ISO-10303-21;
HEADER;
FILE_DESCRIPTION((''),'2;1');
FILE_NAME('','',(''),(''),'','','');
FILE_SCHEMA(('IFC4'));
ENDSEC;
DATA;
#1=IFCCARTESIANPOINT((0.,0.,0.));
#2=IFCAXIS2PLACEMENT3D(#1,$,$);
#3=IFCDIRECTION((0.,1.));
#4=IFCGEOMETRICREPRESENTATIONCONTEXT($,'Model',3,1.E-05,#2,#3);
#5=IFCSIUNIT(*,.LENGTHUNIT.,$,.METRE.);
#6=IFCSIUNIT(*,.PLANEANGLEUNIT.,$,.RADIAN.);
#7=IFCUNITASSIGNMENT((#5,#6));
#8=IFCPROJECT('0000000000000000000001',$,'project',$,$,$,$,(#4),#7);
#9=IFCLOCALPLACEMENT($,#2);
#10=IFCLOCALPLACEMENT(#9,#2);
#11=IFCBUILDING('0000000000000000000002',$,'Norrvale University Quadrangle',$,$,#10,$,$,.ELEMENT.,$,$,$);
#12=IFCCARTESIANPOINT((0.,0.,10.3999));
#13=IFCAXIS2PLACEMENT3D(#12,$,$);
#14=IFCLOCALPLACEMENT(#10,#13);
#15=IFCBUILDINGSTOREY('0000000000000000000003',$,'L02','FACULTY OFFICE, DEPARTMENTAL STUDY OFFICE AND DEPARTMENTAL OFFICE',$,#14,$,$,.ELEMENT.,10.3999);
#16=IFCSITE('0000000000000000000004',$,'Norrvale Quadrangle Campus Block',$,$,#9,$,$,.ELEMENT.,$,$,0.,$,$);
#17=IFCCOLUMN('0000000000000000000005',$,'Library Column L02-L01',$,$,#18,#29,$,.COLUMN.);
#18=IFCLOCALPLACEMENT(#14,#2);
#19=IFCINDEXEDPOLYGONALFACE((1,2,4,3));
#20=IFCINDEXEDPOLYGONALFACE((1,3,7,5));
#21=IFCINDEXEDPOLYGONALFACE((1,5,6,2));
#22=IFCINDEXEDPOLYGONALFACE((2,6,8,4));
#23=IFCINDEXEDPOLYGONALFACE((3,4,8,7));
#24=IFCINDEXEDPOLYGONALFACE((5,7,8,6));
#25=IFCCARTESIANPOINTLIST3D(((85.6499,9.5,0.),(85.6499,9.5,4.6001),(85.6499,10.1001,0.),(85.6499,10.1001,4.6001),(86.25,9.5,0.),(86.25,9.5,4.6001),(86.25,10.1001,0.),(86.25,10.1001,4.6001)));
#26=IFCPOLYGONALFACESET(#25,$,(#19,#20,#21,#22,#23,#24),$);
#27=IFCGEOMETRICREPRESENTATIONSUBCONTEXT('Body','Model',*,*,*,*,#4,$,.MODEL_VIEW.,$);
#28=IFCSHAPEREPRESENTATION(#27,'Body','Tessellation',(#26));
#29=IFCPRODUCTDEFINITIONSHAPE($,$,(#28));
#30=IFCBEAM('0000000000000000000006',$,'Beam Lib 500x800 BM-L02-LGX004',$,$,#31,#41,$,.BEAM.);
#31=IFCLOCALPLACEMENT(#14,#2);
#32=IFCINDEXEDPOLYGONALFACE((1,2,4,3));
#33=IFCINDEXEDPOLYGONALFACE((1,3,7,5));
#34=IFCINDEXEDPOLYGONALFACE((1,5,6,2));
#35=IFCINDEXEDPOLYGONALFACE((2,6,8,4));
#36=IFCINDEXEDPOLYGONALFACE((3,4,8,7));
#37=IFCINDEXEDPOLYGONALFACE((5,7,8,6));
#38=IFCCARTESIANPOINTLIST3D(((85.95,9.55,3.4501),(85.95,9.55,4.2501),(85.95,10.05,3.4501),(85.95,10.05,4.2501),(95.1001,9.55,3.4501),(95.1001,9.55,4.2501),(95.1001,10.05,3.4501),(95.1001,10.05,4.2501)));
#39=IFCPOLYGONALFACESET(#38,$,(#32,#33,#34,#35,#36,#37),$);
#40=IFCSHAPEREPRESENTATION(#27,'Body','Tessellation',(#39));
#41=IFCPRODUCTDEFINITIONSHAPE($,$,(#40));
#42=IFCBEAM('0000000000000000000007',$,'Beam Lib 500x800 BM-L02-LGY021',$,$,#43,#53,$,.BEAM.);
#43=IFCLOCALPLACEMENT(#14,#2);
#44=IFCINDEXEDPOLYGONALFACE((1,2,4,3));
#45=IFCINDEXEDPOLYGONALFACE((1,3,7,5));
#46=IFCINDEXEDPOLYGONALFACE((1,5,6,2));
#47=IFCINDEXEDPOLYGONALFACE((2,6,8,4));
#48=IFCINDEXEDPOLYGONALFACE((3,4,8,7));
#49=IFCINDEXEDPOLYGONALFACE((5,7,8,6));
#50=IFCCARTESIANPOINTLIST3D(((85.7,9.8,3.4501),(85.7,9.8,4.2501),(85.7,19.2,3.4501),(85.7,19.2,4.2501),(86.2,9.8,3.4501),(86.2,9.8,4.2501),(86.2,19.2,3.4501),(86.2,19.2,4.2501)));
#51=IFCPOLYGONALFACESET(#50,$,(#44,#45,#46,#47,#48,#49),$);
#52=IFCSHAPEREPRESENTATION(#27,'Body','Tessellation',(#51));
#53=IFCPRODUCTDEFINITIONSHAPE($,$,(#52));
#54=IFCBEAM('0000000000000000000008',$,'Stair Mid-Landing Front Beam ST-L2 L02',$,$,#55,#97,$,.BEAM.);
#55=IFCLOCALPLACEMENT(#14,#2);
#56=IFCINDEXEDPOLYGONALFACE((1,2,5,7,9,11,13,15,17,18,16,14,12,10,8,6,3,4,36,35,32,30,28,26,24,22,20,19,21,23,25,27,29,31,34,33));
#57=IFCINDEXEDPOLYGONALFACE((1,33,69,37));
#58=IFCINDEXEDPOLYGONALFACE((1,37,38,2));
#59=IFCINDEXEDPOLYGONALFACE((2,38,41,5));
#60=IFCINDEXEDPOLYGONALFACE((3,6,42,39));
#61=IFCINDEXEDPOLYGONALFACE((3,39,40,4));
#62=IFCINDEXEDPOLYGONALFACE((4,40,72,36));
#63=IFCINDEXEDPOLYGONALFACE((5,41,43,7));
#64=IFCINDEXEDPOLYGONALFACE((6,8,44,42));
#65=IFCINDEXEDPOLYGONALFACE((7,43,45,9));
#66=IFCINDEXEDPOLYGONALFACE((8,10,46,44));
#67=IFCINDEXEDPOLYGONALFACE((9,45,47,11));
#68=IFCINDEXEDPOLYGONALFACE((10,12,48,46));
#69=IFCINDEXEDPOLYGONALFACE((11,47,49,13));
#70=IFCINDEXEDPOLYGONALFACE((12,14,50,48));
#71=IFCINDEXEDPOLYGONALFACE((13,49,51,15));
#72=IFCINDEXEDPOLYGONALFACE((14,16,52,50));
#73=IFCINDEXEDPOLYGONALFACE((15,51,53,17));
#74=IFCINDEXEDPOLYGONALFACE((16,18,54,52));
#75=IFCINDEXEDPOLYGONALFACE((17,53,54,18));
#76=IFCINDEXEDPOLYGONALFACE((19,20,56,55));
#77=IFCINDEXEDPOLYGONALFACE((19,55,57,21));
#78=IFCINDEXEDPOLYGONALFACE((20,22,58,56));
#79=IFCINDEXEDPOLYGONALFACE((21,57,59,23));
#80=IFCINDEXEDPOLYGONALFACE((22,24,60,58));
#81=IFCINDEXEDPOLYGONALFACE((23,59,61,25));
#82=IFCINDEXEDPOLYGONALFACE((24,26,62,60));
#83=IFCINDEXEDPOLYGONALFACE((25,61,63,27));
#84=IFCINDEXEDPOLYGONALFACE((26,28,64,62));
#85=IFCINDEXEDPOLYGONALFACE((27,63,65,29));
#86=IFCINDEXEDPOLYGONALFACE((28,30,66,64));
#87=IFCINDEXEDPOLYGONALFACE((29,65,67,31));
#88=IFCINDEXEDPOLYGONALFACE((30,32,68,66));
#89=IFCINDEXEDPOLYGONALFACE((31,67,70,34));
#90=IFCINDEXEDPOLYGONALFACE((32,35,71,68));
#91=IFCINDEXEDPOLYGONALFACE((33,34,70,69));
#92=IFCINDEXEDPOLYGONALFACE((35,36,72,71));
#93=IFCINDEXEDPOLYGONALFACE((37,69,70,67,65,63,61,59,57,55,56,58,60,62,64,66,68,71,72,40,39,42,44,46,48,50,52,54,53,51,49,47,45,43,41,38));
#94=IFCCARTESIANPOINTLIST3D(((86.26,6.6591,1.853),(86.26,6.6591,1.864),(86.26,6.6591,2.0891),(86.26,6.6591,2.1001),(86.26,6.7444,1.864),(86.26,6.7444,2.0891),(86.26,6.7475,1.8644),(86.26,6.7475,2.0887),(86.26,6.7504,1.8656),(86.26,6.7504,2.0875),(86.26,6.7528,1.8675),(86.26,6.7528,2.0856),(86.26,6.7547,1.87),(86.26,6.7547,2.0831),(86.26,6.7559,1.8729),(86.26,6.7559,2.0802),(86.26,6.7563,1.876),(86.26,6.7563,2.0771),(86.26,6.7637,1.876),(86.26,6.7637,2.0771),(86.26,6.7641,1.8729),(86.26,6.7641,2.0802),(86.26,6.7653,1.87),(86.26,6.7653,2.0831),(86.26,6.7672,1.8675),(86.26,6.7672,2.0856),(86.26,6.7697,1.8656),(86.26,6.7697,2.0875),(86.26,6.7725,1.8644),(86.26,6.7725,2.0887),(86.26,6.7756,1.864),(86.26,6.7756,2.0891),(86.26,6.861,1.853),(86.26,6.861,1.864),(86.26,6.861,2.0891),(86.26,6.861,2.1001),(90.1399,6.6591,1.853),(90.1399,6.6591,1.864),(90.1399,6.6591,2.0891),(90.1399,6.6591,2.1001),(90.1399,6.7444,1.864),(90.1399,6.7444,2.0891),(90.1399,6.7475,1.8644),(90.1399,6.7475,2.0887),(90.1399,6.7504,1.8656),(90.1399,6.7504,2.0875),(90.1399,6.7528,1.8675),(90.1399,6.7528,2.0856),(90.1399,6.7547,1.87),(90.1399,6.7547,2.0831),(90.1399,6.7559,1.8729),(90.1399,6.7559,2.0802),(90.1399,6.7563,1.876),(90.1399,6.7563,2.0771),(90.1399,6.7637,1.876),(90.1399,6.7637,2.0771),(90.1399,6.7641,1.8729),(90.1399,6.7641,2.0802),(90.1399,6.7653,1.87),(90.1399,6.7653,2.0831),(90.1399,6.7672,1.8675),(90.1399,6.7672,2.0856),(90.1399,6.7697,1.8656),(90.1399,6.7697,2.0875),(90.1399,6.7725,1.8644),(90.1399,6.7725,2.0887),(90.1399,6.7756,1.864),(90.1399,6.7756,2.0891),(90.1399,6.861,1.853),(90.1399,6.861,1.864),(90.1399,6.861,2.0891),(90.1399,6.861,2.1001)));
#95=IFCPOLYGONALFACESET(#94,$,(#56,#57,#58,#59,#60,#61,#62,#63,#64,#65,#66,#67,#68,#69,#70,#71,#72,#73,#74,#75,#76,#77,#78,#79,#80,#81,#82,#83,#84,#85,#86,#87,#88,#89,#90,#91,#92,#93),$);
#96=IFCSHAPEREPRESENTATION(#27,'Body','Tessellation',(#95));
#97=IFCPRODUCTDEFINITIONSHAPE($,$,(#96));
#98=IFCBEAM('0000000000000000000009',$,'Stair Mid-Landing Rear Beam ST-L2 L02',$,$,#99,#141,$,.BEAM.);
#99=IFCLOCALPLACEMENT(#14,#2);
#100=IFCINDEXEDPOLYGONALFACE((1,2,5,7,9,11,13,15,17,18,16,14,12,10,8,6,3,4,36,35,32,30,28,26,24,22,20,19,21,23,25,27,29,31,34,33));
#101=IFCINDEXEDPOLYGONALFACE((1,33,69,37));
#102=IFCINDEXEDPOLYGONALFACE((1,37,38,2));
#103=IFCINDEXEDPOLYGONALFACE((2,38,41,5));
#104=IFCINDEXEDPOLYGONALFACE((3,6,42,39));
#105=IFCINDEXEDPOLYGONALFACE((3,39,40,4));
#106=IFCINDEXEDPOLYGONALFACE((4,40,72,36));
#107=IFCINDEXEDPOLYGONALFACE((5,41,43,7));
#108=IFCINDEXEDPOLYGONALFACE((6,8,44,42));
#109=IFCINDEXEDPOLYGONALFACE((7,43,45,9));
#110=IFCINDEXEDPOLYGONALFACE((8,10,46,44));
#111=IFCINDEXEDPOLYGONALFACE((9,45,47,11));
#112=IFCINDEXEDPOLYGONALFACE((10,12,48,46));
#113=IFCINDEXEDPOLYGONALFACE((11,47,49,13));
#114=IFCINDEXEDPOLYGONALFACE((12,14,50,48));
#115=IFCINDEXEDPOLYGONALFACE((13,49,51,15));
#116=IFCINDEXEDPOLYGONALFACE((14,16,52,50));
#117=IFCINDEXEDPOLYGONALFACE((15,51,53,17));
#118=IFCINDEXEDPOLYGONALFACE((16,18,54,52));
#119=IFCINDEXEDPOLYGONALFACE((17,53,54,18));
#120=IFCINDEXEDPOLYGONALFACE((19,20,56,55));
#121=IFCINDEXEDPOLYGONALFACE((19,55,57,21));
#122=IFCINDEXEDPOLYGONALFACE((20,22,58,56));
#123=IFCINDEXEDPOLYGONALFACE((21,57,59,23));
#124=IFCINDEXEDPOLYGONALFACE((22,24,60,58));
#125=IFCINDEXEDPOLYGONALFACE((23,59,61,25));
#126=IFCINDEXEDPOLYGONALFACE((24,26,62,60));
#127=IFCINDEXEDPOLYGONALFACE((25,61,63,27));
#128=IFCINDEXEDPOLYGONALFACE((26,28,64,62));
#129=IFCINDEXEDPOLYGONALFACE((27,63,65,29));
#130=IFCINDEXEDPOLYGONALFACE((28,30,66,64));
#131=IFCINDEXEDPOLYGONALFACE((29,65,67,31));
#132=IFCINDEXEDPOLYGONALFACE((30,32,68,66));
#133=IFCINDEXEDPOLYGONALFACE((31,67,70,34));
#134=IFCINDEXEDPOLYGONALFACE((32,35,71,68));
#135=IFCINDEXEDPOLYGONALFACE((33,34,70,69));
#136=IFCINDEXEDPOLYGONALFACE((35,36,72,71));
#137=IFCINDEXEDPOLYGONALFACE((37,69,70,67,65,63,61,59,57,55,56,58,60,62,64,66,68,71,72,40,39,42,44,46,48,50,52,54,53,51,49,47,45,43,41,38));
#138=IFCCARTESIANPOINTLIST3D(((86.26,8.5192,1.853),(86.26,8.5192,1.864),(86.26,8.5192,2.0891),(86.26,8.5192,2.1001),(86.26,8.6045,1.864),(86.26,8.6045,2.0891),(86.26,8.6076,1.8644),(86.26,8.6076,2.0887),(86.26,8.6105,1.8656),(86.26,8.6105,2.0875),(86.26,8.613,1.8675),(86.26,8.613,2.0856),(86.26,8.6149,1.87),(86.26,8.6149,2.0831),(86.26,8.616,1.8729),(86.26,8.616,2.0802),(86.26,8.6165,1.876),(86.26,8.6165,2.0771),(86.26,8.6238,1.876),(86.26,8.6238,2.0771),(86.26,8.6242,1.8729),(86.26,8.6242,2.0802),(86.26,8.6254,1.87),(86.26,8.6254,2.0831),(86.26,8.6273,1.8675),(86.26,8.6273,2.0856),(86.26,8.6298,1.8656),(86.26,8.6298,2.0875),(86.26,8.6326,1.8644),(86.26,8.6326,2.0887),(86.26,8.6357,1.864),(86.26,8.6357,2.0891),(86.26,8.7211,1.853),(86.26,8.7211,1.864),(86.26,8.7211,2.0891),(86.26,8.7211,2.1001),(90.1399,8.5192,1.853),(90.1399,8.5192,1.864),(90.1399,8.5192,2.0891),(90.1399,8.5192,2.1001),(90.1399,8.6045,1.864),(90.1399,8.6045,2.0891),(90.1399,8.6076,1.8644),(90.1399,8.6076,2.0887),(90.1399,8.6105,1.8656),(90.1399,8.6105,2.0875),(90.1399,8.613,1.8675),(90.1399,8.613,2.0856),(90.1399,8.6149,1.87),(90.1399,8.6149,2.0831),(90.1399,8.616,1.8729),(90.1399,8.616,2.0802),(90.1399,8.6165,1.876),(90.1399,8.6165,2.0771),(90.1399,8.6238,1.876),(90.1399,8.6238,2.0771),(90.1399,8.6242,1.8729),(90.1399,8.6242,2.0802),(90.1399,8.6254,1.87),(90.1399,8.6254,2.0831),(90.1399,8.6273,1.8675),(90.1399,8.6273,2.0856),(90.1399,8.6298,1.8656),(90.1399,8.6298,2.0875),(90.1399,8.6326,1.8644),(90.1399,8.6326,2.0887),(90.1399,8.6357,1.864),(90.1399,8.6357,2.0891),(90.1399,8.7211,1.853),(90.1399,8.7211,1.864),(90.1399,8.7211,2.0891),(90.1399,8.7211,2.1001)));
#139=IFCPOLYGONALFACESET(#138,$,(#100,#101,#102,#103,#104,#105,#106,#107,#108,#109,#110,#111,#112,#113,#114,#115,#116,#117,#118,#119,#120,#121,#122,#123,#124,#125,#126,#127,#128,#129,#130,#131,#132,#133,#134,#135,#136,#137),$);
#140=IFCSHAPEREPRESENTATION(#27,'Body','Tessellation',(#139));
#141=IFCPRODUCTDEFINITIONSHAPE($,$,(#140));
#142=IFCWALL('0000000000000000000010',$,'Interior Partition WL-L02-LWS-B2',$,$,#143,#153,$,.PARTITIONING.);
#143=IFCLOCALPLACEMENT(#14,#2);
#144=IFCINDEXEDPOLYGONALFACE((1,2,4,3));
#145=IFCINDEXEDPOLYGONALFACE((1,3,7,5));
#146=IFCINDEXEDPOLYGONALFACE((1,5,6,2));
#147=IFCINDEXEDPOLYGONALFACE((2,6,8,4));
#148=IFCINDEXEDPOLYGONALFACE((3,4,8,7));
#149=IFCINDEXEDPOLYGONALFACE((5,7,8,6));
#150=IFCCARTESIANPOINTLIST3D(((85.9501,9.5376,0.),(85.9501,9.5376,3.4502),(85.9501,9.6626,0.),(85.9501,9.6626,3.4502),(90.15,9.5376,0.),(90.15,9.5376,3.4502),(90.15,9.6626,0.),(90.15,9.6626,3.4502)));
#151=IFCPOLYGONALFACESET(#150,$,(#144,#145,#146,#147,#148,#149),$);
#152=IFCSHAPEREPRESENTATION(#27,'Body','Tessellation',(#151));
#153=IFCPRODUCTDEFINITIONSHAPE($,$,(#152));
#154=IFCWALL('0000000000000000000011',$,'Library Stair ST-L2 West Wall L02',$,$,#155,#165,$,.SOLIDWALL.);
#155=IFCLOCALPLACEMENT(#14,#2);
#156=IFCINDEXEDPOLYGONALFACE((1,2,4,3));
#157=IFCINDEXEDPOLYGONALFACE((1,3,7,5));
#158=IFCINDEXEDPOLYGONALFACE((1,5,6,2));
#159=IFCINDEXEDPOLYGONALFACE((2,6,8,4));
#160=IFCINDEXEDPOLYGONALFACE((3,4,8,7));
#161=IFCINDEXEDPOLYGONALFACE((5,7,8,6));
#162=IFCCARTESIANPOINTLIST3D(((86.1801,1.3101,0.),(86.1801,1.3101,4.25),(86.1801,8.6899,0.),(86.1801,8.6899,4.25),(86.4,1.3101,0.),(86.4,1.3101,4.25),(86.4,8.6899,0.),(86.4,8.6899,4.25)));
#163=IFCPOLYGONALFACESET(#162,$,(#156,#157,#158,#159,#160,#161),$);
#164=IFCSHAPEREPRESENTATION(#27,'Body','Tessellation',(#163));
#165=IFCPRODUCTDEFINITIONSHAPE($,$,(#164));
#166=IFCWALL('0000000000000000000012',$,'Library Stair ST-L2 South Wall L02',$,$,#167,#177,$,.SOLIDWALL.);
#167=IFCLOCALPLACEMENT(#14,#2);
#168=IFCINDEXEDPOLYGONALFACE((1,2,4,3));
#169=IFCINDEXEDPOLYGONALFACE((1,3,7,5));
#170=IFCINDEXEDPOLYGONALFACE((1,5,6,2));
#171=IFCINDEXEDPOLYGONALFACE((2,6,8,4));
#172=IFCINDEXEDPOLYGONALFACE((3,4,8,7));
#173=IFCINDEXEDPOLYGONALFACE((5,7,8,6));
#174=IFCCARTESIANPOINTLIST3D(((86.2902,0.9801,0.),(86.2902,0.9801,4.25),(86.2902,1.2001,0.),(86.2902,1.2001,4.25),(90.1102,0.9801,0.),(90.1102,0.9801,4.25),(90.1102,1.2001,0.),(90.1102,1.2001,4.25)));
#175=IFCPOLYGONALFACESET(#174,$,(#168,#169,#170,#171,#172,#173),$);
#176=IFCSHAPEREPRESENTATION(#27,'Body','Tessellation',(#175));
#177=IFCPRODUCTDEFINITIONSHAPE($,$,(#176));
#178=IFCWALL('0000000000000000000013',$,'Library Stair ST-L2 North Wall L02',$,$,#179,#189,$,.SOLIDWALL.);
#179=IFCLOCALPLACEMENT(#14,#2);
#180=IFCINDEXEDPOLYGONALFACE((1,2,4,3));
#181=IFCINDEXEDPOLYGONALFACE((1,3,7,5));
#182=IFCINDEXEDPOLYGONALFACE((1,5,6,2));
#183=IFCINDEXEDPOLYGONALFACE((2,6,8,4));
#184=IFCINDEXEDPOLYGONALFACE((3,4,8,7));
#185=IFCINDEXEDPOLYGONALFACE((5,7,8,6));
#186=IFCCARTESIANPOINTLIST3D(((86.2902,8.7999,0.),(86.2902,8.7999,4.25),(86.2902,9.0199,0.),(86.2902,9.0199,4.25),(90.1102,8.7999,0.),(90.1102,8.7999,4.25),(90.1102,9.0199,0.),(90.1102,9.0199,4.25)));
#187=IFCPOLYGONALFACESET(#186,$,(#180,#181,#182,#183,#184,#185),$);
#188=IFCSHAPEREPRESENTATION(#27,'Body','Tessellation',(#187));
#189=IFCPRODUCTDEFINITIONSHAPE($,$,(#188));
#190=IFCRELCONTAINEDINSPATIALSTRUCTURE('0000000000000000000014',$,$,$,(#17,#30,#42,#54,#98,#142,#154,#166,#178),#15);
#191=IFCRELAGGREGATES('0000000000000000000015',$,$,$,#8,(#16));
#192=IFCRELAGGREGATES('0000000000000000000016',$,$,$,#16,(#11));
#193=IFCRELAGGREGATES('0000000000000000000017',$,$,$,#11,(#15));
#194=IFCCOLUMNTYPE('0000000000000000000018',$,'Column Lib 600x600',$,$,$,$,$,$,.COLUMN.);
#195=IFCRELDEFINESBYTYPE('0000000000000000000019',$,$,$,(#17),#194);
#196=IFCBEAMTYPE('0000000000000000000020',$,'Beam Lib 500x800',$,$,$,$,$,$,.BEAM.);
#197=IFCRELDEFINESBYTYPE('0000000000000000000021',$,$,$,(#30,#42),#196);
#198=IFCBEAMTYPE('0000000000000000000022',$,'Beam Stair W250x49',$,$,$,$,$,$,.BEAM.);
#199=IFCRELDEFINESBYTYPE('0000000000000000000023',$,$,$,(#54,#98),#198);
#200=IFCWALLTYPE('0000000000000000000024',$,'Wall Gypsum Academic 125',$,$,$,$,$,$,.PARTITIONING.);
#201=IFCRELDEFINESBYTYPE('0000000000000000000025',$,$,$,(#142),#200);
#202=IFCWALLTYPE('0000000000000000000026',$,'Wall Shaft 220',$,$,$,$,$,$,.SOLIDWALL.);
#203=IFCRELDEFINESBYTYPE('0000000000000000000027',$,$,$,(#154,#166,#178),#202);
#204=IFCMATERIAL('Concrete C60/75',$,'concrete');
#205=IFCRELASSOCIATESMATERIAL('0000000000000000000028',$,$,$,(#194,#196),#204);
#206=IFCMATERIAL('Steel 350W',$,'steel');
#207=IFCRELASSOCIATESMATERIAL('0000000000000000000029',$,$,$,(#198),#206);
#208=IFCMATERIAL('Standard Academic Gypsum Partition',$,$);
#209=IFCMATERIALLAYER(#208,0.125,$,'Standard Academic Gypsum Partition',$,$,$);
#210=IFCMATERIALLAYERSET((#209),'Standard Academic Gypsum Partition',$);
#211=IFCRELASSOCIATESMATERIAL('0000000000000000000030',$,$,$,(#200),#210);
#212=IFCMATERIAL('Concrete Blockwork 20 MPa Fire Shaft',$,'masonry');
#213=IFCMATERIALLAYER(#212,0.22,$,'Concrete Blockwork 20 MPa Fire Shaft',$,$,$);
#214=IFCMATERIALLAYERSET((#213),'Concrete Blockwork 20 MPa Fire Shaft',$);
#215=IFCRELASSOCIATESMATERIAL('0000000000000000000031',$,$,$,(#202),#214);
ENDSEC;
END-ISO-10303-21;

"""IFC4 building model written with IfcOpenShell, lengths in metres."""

from ifc_helpers import new_model, si_unit, direction, frame, frame_2d, origin, origin_2d, place, context, subcontext, project, spatial, rectangle, i_section, extrude, material, layer, layer_set, material_profile, profile_set, type_object, element, save


model = new_model("IFC4")

# Units and contexts
model_context = context("Model", 3, precision=1e-05, world=origin(), true_north=direction((0.0, 1.0)))
body_context = subcontext(model_context, "Body", "Model", "MODEL_VIEW")
ifc_project = project(units=[si_unit("LENGTHUNIT", "METRE"), si_unit("PLANEANGLEUNIT", "RADIAN")], contexts=[model_context])

# Site, building, storey
site_placement = place(None, origin())
site = spatial("IfcSite", under=ifc_project, at=site_placement, Name="Norrvale Quadrangle Campus Block", CompositionType="ELEMENT", RefElevation=0.0)
building_placement = place(site_placement, origin())
building = spatial("IfcBuilding", under=site, at=building_placement, Name="Norrvale University Quadrangle", CompositionType="ELEMENT")
storey_placement = place(building_placement, frame((0.0, 0.0, 10.3999)))
storey = spatial("IfcBuildingStorey", under=building, at=storey_placement, Name="L02", Description="FACULTY OFFICE, DEPARTMENTAL STUDY OFFICE AND DEPARTMENTAL OFFICE", CompositionType="ELEMENT", Elevation=10.3999)

# Column
ifc_material_1 = material(Name="Concrete C60/75", Category="concrete")
ifc_material_profile_1 = material_profile(ifc_material_1, rectangle(XDim=0.6001, YDim=0.6001, at=origin_2d()), Name="Concrete C60/75")
ifc_profile_set_1 = profile_set([ifc_material_profile_1], Name="Concrete C60/75")
column_type = type_object("IfcColumnType", Name="Column Lib 600x600", PredefinedType="COLUMN", material=ifc_profile_set_1)
column_placement = place(storey_placement, frame((85.95, 9.8, 0.0), z_axis=(0.0, 0.0, 1.0), x_axis=(1.0, 0.0, 0.0)))
element("IfcColumn", 1, at=column_placement, inside=storey, type_object=column_type, Name="Library Column L02-L01", PredefinedType="COLUMN", context=body_context, shape_type="SweptSolid", body=[
    extrude(rectangle(XDim=0.6001, YDim=0.6001, at=origin_2d()), origin(), (0.0, 0.0, 1.0), 4.6001),
])

# Beams
ifc_material_profile_2 = material_profile(ifc_material_1, rectangle(XDim=0.5, YDim=0.8, at=origin_2d()), Name="Concrete C60/75")
ifc_profile_set_2 = profile_set([ifc_material_profile_2], Name="Concrete C60/75")
beam_type_1 = type_object("IfcBeamType", Name="Beam Lib 500x800", PredefinedType="BEAM", material=ifc_profile_set_2)
beam_1_placement = place(storey_placement, frame((85.95, 9.8, 3.8501), z_axis=(1.0, 0.0, 0.0), x_axis=(0.0, 1.0, 0.0)))
element("IfcBeam", 2, at=beam_1_placement, inside=storey, type_object=beam_type_1, Name="Beam Lib 500x800 BM-L02-LGX004", PredefinedType="BEAM", context=body_context, shape_type="SweptSolid", body=[
    extrude(rectangle(XDim=0.5, YDim=0.8, at=origin_2d()), origin(), (0.0, 0.0, 1.0), 9.1501),
])
beam_2_placement = place(storey_placement, frame((85.95, 9.8, 3.8501), z_axis=(0.0, 1.0, 0.0), x_axis=(-1.0, 0.0, 0.0)))
element("IfcBeam", 3, at=beam_2_placement, inside=storey, type_object=beam_type_1, Name="Beam Lib 500x800 BM-L02-LGY021", PredefinedType="BEAM", context=body_context, shape_type="SweptSolid", body=[
    extrude(rectangle(XDim=0.5, YDim=0.8, at=origin_2d()), origin(), (0.0, 0.0, 1.0), 9.3999),
])
ifc_material_2 = material(Name="Steel 350W", Category="steel")
ifc_material_profile_3 = material_profile(ifc_material_2, i_section(OverallWidth=0.2019, OverallDepth=0.2471, WebThickness=0.0073, FlangeThickness=0.011, FilletRadius=0.012, at=origin_2d()), Name="Steel 350W")
ifc_profile_set_3 = profile_set([ifc_material_profile_3], Name="Steel 350W")
beam_type_2 = type_object("IfcBeamType", Name="Beam Stair W250x49", PredefinedType="BEAM", material=ifc_profile_set_3)
for number, where, z_axis, x_axis, name in (
    (4, (86.26, 6.76, 1.9766), (1.0, 0.0, 0.0), (0.0, 1.0, 0.0), "Stair Mid-Landing Front Beam ST-L2 L02"),
    (5, (86.26, 8.6201, 1.9766), (1.0, 0.0, 0.0), (0.0, 1.0, 0.0), "Stair Mid-Landing Rear Beam ST-L2 L02"),
):
    element("IfcBeam", number, at=place(storey_placement, frame(where, z_axis=z_axis, x_axis=x_axis)), inside=storey, type_object=beam_type_2, Name=name, PredefinedType="BEAM", context=body_context, shape_type="SweptSolid", body=[
        extrude(i_section(OverallWidth=0.2019, OverallDepth=0.2471, WebThickness=0.0073, FlangeThickness=0.011, FilletRadius=0.012, at=origin_2d()), origin(), (0.0, 0.0, 1.0), 3.8799),
    ])

# Walls
ifc_material_3 = material(Name="Standard Academic Gypsum Partition")
ifc_layer_1 = layer(ifc_material_3, 0.125, Name="Standard Academic Gypsum Partition")
ifc_layer_set_1 = layer_set([ifc_layer_1], Name="Standard Academic Gypsum Partition")
wall_type_1 = type_object("IfcWallType", Name="Wall Gypsum Academic 125", PredefinedType="PARTITIONING", material=ifc_layer_set_1)
wall_1_placement = place(storey_placement, frame((85.95, 9.6001, 0.0), z_axis=(0.0, 0.0, 1.0), x_axis=(1.0, 0.0, 0.0)))
element("IfcWall", 6, at=wall_1_placement, inside=storey, type_object=wall_type_1, Name="Interior Partition WL-L02-LWS-B2", PredefinedType="PARTITIONING", context=body_context, shape_type="SweptSolid", body=[
    extrude(rectangle(XDim=4.2, YDim=0.125, at=frame_2d((2.1001, 0.0))), origin(), (0.0, 0.0, 1.0), 3.4502),
])
ifc_material_4 = material(Name="Concrete Blockwork 20 MPa Fire Shaft", Category="masonry")
ifc_layer_2 = layer(ifc_material_4, 0.22, Name="Concrete Blockwork 20 MPa Fire Shaft")
ifc_layer_set_2 = layer_set([ifc_layer_2], Name="Concrete Blockwork 20 MPa Fire Shaft")
wall_type_2 = type_object("IfcWallType", Name="Wall Shaft 220", PredefinedType="SOLIDWALL", material=ifc_layer_set_2)
wall_2_placement = place(storey_placement, frame((86.29, 1.3101, 0.0), z_axis=(0.0, 0.0, 1.0), x_axis=(0.0, 1.0, 0.0)))
element("IfcWall", 7, at=wall_2_placement, inside=storey, type_object=wall_type_2, Name="Library Stair ST-L2 West Wall L02", PredefinedType="SOLIDWALL", context=body_context, shape_type="SweptSolid", body=[
    extrude(rectangle(XDim=7.3799, YDim=0.22, at=frame_2d((3.6899, 0.0))), origin(), (0.0, 0.0, 1.0), 4.25),
])
for number, where, z_axis, x_axis, name in (
    (8, (86.29, 1.0901, 0.0), (0.0, 0.0, 1.0), (1.0, 0.0, 0.0), "Library Stair ST-L2 South Wall L02"),
    (9, (86.29, 8.9099, 0.0), (0.0, 0.0, 1.0), (1.0, 0.0, 0.0), "Library Stair ST-L2 North Wall L02"),
):
    element("IfcWall", number, at=place(storey_placement, frame(where, z_axis=z_axis, x_axis=x_axis)), inside=storey, type_object=wall_type_2, Name=name, PredefinedType="SOLIDWALL", context=body_context, shape_type="SweptSolid", body=[
        extrude(rectangle(XDim=3.8201, YDim=0.22, at=frame_2d((1.9102, 0.0))), origin(), (0.0, 0.0, 1.0), 4.25),
    ])

save(model, "model.ifc")
